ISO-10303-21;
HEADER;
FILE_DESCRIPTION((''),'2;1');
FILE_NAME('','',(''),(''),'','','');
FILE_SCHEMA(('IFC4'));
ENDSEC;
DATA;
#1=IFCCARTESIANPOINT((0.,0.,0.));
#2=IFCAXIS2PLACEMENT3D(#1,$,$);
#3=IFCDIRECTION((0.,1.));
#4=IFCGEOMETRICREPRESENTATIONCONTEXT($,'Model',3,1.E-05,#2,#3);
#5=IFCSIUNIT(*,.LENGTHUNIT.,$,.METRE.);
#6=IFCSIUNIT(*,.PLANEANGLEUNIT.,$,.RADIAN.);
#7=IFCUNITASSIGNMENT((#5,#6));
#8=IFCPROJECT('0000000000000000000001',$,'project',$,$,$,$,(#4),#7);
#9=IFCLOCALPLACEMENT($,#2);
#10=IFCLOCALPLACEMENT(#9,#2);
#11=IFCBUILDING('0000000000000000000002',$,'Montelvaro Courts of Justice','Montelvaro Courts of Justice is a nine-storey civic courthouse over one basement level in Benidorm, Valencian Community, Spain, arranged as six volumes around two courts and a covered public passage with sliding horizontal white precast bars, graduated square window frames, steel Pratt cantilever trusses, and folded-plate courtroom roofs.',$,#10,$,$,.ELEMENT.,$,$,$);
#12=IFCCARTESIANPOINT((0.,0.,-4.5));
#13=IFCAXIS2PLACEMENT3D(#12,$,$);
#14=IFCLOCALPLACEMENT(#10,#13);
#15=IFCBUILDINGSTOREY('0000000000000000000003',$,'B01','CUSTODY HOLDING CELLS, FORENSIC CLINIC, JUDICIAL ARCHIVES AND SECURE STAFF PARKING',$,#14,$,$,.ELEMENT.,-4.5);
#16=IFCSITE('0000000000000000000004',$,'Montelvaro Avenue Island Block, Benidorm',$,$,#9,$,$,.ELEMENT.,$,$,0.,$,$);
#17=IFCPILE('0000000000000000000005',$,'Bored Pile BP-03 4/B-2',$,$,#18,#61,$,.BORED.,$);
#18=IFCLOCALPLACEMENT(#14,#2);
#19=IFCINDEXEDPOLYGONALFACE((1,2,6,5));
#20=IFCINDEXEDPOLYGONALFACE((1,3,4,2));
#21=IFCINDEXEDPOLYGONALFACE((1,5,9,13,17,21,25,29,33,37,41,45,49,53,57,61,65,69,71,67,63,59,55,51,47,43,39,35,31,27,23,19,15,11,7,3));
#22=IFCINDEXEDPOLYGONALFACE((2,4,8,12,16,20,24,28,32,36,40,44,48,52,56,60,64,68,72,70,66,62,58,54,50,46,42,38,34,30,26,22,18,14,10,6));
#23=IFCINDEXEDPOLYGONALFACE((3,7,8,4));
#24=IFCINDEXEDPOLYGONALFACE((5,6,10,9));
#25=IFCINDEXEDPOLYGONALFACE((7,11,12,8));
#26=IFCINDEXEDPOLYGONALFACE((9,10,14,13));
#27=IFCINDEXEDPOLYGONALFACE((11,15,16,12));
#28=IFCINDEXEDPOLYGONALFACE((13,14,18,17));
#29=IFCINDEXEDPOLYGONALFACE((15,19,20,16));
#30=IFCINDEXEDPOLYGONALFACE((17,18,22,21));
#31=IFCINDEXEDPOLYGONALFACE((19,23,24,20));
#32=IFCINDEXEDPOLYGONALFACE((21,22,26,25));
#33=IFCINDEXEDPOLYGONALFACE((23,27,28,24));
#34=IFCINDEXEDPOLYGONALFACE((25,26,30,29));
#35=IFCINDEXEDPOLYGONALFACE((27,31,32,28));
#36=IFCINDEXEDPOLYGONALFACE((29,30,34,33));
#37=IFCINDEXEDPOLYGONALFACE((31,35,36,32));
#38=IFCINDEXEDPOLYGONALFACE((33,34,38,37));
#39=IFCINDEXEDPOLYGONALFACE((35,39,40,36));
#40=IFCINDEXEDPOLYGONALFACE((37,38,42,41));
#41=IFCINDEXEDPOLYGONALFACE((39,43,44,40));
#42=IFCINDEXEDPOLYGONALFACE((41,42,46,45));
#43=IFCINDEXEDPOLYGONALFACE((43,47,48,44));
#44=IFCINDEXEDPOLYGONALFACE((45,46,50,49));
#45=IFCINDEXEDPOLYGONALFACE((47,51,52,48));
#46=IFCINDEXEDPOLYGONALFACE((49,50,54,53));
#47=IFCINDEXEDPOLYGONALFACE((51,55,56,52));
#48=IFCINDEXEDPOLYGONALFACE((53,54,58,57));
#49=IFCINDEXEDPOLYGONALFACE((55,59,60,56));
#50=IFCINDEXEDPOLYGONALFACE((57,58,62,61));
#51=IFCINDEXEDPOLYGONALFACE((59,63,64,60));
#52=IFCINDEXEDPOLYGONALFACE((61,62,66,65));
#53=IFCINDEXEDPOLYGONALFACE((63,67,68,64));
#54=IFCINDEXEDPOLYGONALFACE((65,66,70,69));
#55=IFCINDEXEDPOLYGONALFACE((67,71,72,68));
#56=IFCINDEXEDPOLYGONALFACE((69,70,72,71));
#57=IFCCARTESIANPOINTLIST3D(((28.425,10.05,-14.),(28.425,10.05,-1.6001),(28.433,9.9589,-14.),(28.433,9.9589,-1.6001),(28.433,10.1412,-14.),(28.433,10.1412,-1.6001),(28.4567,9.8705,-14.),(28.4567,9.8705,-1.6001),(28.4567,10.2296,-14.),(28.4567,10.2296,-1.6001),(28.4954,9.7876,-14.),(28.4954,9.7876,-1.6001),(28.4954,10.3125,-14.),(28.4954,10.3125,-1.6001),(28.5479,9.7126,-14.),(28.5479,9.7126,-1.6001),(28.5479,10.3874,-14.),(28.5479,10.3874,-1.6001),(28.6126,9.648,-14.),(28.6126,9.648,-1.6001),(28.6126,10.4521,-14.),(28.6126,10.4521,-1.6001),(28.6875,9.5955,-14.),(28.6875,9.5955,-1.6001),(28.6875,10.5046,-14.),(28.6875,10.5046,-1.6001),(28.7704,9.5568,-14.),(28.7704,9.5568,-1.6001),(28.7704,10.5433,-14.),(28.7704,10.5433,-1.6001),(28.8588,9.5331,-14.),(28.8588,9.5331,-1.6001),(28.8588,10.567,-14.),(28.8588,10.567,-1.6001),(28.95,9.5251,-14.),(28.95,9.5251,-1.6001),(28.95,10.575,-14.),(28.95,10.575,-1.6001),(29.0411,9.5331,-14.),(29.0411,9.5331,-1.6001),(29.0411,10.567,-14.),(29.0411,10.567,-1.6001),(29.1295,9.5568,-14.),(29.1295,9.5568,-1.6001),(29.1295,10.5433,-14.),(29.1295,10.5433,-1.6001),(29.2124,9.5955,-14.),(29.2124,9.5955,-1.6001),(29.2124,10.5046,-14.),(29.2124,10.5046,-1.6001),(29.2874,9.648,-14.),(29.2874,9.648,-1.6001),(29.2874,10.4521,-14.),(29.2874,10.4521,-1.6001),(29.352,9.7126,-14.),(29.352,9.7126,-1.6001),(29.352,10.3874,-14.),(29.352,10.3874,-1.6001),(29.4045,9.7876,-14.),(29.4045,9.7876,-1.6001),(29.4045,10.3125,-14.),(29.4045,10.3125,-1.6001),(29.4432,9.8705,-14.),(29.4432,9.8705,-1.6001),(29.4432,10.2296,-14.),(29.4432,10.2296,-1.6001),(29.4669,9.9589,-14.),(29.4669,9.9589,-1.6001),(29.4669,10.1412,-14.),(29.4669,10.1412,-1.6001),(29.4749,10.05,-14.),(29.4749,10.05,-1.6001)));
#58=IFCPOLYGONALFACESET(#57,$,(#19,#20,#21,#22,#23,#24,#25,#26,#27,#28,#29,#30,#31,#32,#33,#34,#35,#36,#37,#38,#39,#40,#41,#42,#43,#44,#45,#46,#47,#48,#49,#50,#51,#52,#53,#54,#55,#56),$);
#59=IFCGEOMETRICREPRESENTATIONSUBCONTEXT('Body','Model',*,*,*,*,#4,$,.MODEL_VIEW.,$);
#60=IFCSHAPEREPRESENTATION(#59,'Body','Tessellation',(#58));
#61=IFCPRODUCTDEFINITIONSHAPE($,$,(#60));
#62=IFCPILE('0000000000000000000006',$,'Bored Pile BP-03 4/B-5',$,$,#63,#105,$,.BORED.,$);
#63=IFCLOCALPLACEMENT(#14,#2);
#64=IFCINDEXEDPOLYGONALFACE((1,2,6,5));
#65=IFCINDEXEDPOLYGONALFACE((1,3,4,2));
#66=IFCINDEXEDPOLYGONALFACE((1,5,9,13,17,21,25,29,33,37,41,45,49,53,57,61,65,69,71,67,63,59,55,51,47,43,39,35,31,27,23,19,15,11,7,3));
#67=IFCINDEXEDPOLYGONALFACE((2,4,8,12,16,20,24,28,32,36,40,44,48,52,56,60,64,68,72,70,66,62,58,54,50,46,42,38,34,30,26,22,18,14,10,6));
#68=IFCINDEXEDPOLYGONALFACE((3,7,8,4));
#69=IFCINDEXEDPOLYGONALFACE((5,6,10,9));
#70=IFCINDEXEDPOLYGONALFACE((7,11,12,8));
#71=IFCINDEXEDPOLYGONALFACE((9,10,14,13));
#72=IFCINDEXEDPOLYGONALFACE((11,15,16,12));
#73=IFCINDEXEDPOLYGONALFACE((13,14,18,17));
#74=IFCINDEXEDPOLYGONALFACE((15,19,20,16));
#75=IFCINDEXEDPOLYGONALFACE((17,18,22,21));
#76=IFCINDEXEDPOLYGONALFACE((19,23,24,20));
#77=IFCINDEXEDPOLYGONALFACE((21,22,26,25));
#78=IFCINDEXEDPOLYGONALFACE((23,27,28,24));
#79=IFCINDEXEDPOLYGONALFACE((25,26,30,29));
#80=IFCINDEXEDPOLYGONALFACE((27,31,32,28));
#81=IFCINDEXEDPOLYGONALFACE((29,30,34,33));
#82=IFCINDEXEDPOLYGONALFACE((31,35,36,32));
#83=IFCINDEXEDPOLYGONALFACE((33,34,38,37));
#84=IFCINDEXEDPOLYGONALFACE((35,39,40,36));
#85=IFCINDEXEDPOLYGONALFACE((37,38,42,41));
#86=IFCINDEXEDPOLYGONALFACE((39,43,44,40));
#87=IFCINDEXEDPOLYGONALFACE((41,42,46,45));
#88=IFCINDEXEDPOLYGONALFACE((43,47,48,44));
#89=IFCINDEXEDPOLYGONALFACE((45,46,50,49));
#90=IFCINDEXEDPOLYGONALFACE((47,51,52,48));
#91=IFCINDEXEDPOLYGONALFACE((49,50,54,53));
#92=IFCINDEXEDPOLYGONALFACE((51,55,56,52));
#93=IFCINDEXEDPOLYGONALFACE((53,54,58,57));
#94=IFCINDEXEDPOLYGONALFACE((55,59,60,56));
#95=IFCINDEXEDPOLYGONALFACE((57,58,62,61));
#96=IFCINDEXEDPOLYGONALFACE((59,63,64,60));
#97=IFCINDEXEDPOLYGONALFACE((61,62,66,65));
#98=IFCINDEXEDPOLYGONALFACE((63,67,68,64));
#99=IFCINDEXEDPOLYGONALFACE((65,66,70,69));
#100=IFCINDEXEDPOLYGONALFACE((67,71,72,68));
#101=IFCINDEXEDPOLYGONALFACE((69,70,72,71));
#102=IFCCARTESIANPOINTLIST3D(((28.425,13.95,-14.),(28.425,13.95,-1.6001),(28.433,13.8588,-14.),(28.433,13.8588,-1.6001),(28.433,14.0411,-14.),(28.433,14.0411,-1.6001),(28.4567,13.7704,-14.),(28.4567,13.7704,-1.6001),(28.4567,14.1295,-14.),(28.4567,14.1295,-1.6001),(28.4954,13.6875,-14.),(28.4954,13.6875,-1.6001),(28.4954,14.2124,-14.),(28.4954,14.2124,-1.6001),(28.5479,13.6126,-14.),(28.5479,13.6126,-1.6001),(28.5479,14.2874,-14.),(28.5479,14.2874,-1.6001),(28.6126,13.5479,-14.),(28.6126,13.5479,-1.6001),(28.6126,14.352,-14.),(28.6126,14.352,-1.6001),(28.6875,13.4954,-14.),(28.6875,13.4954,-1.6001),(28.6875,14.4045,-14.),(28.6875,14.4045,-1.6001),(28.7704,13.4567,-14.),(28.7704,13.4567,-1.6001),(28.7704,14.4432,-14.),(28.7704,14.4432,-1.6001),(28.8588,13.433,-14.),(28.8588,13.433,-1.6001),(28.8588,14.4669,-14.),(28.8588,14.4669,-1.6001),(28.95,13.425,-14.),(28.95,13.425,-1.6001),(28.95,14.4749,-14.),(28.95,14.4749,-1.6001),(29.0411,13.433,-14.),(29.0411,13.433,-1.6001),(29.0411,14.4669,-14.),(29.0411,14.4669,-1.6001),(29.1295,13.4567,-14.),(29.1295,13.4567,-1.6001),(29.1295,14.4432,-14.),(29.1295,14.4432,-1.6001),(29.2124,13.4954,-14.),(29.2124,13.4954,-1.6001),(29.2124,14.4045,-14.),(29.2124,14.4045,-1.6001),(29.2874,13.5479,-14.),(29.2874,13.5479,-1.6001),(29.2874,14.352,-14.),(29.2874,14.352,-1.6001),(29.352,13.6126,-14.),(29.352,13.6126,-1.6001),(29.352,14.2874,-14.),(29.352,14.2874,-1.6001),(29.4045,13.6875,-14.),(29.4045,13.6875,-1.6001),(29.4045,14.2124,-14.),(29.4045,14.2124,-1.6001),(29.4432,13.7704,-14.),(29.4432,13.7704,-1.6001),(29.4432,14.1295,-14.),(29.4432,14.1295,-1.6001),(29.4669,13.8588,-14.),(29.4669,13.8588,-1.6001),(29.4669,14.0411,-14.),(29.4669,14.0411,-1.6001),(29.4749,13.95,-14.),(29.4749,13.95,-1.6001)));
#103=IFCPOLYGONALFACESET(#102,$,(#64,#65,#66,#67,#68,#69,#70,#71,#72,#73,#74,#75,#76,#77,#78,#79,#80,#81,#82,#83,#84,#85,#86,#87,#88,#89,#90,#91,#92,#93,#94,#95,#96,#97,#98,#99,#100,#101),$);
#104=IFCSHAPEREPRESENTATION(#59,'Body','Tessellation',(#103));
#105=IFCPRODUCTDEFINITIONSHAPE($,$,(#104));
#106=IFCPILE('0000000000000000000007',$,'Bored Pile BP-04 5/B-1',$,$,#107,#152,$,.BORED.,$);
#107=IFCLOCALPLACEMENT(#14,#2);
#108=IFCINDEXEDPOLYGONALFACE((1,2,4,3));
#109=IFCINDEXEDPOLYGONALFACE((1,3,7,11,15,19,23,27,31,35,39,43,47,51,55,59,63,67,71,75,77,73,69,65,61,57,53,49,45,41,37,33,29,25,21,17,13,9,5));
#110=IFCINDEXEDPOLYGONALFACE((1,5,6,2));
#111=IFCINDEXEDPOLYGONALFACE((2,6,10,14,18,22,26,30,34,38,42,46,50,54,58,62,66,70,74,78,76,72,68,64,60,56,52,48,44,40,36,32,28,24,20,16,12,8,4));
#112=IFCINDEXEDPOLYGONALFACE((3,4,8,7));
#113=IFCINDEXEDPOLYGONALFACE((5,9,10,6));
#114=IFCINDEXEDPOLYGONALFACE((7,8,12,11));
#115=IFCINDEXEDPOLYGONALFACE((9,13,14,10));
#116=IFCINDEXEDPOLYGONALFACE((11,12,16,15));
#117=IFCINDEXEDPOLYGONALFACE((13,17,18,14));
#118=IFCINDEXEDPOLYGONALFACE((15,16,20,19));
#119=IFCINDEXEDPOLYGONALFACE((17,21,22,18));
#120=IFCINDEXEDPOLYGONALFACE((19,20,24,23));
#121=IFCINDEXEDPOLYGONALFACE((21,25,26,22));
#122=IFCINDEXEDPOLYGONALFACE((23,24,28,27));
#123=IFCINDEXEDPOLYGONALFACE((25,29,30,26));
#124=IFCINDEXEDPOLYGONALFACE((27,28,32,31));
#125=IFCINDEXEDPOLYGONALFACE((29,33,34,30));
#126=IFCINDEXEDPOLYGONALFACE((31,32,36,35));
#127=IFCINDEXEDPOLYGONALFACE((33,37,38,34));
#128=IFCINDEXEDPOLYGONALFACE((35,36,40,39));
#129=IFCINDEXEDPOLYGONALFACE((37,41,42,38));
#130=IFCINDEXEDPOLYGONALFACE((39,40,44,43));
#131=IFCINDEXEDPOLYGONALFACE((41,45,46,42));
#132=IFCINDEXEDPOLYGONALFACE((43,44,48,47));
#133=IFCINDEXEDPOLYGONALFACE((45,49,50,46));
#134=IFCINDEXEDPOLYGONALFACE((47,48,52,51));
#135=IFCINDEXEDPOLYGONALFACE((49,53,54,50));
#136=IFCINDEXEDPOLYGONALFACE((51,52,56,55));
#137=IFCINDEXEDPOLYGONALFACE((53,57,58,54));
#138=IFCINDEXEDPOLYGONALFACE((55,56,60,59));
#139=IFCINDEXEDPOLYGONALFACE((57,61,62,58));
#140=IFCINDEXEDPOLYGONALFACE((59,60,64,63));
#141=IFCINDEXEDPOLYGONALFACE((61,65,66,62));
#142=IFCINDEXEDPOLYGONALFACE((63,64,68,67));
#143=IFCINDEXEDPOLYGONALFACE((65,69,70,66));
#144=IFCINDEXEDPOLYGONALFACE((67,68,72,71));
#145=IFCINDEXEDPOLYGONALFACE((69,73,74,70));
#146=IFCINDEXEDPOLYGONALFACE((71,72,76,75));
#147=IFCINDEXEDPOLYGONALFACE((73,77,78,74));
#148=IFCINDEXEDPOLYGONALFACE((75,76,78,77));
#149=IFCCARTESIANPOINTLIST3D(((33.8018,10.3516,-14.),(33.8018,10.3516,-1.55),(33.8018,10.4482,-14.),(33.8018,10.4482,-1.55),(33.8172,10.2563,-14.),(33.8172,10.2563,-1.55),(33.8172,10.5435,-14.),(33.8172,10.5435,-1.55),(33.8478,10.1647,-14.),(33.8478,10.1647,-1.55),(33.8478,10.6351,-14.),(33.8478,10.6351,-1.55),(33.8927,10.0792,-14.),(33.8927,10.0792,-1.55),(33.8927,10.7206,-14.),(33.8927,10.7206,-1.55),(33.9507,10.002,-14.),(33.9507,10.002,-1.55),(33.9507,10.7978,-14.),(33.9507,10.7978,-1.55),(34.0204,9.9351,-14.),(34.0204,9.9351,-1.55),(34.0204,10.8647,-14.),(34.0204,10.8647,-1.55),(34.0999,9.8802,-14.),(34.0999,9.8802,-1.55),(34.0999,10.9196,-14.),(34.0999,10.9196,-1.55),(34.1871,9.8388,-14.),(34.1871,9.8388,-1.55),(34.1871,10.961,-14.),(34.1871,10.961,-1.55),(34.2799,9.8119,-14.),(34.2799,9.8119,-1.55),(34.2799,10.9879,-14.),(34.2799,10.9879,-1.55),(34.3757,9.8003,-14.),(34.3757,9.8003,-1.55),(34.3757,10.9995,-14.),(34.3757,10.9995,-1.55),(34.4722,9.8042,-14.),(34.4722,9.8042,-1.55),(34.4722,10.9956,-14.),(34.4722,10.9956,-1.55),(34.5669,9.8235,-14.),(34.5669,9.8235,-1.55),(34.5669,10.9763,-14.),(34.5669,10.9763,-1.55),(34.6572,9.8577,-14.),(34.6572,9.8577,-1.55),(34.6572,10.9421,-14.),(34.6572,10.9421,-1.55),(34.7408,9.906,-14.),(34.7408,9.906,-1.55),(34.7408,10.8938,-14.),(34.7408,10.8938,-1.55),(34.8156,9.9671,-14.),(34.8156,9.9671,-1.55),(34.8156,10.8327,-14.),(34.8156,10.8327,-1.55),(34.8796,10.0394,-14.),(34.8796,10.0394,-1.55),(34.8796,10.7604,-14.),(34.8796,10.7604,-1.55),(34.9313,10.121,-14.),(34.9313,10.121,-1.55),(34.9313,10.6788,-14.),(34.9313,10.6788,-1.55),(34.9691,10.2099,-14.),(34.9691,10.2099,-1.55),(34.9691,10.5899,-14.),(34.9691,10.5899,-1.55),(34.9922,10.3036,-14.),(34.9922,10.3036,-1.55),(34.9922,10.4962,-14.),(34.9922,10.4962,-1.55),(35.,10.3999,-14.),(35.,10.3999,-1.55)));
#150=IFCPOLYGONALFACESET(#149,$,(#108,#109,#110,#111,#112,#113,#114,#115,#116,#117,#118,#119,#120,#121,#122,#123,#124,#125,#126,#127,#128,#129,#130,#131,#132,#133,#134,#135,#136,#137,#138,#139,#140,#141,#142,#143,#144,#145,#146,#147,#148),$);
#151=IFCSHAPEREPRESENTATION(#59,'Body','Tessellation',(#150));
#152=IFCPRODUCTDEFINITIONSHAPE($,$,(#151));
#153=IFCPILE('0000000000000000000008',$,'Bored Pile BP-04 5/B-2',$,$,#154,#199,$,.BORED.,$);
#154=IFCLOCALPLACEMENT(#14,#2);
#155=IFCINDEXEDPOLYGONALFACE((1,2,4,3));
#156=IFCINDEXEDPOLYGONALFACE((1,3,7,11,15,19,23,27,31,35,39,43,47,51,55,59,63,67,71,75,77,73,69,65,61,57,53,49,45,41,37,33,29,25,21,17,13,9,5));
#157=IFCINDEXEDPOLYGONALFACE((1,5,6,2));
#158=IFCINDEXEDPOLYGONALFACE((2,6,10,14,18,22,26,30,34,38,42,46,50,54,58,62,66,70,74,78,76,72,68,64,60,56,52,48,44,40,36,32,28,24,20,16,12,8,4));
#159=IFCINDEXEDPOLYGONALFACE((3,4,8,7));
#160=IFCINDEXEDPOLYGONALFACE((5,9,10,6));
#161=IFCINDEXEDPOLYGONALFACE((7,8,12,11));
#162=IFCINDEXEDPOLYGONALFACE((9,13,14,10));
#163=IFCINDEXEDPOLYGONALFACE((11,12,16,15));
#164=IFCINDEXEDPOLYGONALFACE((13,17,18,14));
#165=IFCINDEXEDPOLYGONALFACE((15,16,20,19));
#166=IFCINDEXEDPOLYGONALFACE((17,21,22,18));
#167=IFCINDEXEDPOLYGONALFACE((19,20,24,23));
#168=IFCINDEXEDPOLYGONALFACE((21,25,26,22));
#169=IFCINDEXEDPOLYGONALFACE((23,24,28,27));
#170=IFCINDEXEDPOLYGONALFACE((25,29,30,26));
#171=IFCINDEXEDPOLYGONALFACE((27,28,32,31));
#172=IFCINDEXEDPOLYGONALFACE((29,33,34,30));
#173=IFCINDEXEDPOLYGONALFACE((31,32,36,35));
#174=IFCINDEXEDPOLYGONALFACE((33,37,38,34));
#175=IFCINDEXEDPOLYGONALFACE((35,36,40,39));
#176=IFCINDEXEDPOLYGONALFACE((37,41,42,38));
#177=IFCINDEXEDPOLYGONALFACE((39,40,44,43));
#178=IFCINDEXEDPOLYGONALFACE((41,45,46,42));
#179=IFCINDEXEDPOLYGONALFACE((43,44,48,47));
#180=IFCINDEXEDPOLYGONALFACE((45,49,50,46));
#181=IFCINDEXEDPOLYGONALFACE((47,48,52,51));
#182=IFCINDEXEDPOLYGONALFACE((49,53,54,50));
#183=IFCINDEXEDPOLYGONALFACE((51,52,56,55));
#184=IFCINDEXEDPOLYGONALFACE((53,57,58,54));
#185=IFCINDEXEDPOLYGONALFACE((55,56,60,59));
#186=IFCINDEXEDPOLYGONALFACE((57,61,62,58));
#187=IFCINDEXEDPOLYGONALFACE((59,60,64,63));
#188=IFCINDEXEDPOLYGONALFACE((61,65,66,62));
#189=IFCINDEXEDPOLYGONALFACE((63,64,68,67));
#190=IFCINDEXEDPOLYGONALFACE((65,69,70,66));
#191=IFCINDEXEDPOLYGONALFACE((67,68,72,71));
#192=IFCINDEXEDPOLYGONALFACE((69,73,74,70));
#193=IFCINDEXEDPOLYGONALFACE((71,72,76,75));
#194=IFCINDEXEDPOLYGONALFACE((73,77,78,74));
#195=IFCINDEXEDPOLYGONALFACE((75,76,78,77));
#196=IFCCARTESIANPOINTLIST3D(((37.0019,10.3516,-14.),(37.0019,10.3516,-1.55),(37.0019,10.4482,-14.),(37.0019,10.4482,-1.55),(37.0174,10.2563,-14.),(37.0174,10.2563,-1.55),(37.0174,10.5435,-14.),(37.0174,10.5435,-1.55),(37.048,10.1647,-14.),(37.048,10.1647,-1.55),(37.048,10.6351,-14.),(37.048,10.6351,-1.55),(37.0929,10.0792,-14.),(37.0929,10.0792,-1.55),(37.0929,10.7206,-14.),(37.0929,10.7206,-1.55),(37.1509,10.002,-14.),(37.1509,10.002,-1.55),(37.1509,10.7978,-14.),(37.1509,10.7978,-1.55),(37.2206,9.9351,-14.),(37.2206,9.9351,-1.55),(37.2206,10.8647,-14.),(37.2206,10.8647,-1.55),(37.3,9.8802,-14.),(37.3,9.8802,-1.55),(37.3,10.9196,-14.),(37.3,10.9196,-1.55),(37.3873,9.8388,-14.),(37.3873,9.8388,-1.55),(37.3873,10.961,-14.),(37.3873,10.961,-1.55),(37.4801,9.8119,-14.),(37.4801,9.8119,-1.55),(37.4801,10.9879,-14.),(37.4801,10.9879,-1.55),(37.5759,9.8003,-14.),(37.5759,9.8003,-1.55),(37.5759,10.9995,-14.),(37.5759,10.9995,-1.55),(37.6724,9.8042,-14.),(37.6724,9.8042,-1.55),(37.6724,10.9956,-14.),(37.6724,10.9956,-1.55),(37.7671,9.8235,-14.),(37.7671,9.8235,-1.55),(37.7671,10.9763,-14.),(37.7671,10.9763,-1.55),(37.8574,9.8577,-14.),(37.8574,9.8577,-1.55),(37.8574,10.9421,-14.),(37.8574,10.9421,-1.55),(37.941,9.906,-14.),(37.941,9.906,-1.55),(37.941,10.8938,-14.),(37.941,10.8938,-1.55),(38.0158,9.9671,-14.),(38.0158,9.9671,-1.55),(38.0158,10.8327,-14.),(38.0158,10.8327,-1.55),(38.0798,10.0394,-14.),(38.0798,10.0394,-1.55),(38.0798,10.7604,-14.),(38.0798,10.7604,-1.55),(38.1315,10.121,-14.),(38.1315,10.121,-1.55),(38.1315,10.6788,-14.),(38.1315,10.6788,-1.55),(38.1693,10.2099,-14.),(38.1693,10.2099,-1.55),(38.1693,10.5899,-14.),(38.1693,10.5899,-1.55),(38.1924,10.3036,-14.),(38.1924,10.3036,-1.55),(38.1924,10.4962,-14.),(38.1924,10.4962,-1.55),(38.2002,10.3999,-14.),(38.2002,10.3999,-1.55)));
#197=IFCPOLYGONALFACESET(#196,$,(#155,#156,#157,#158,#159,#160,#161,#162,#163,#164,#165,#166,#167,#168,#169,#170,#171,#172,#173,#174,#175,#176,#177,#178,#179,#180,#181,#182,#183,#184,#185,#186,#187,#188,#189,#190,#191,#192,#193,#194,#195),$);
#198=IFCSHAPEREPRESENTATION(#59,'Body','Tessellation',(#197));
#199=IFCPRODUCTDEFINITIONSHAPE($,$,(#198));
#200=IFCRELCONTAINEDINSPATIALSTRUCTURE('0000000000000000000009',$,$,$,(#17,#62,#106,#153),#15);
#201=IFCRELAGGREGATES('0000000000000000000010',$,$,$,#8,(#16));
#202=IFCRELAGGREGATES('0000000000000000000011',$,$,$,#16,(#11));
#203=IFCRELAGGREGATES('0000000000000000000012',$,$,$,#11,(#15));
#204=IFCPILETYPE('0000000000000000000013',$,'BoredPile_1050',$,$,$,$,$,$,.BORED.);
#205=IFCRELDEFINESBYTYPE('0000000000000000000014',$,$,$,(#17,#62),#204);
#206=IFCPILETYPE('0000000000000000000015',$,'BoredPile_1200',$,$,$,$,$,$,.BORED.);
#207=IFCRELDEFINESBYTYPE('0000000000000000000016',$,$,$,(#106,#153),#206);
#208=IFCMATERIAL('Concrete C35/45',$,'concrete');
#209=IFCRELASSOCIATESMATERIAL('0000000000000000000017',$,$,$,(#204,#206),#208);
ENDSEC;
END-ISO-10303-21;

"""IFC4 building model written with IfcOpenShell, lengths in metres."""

from ifc_helpers import new_model, si_unit, direction, frame, origin, origin_2d, place, context, subcontext, project, spatial, circle, extrude, material, material_profile, profile_set, type_object, element, save


model = new_model("IFC4")

# Units and contexts
model_context = context("Model", 3, precision=1e-05, world=origin(), true_north=direction((0.0, 1.0)))
body_context = subcontext(model_context, "Body", "Model", "MODEL_VIEW")
ifc_project = project(units=[si_unit("LENGTHUNIT", "METRE"), si_unit("PLANEANGLEUNIT", "RADIAN")], contexts=[model_context])

# Site, building, storey
site_placement = place(None, origin())
site = spatial("IfcSite", under=ifc_project, at=site_placement, Name="Montelvaro Avenue Island Block, Benidorm", CompositionType="ELEMENT", RefElevation=0.0)
building_placement = place(site_placement, origin())
building = spatial("IfcBuilding", under=site, at=building_placement, Name="Montelvaro Courts of Justice", Description="Montelvaro Courts of Justice is a nine-storey civic courthouse over one basement level in Benidorm, Valencian Community, Spain, arranged as six volumes around two courts and a covered public passage with sliding horizontal white precast bars, graduated square window frames, steel Pratt cantilever trusses, and folded-plate courtroom roofs.", CompositionType="ELEMENT")
storey_placement = place(building_placement, frame((0.0, 0.0, -4.5)))
storey = spatial("IfcBuildingStorey", under=building, at=storey_placement, Name="B01", Description="CUSTODY HOLDING CELLS, FORENSIC CLINIC, JUDICIAL ARCHIVES AND SECURE STAFF PARKING", CompositionType="ELEMENT", Elevation=-4.5)

# Piles
ifc_material_1 = material(Name="Concrete C35/45", Category="concrete")
ifc_material_profile_1 = material_profile(ifc_material_1, circle(Radius=0.5249, at=origin_2d()), Name="BORED PILE D1050")
ifc_profile_set_1 = profile_set([ifc_material_profile_1], Name="Concrete C35/45")
pile_type_1 = type_object("IfcPileType", Name="BoredPile_1050", PredefinedType="BORED", material=ifc_profile_set_1)
for number, where, z_axis, x_axis, name in (
    (1, (28.95, 10.05, -1.6001), (0.0, 0.0, -1.0), (1.0, 0.0, 0.0), "Bored Pile BP-03 4/B-2"),
    (2, (28.95, 13.95, -1.6001), (0.0, 0.0, -1.0), (1.0, 0.0, 0.0), "Bored Pile BP-03 4/B-5"),
):
    element("IfcPile", number, at=place(storey_placement, frame(where, z_axis=z_axis, x_axis=x_axis)), inside=storey, type_object=pile_type_1, Name=name, PredefinedType="BORED", context=body_context, shape_type="SweptSolid", body=[
        extrude(circle(Radius=0.5249, at=origin_2d()), origin(), (0.0, 0.0, 1.0), 12.3999),
    ])
ifc_material_profile_2 = material_profile(ifc_material_1, circle(Radius=0.6001, at=origin_2d()), Name="BORED PILE D1200")
ifc_profile_set_2 = profile_set([ifc_material_profile_2], Name="Concrete C35/45")
pile_type_2 = type_object("IfcPileType", Name="BoredPile_1200", PredefinedType="BORED", material=ifc_profile_set_2)
for number, where, z_axis, x_axis, name in (
    (3, (34.3999, 10.3999, -1.55), (0.0, 0.0, -1.0), (1.0, 0.0, 0.0), "Bored Pile BP-04 5/B-1"),
    (4, (37.6001, 10.3999, -1.55), (0.0, 0.0, -1.0), (1.0, 0.0, 0.0), "Bored Pile BP-04 5/B-2"),
):
    element("IfcPile", number, at=place(storey_placement, frame(where, z_axis=z_axis, x_axis=x_axis)), inside=storey, type_object=pile_type_2, Name=name, PredefinedType="BORED", context=body_context, shape_type="SweptSolid", body=[
        extrude(circle(Radius=0.6001, at=origin_2d()), origin(), (0.0, 0.0, 1.0), 12.45),
    ])

save(model, "model.ifc")
